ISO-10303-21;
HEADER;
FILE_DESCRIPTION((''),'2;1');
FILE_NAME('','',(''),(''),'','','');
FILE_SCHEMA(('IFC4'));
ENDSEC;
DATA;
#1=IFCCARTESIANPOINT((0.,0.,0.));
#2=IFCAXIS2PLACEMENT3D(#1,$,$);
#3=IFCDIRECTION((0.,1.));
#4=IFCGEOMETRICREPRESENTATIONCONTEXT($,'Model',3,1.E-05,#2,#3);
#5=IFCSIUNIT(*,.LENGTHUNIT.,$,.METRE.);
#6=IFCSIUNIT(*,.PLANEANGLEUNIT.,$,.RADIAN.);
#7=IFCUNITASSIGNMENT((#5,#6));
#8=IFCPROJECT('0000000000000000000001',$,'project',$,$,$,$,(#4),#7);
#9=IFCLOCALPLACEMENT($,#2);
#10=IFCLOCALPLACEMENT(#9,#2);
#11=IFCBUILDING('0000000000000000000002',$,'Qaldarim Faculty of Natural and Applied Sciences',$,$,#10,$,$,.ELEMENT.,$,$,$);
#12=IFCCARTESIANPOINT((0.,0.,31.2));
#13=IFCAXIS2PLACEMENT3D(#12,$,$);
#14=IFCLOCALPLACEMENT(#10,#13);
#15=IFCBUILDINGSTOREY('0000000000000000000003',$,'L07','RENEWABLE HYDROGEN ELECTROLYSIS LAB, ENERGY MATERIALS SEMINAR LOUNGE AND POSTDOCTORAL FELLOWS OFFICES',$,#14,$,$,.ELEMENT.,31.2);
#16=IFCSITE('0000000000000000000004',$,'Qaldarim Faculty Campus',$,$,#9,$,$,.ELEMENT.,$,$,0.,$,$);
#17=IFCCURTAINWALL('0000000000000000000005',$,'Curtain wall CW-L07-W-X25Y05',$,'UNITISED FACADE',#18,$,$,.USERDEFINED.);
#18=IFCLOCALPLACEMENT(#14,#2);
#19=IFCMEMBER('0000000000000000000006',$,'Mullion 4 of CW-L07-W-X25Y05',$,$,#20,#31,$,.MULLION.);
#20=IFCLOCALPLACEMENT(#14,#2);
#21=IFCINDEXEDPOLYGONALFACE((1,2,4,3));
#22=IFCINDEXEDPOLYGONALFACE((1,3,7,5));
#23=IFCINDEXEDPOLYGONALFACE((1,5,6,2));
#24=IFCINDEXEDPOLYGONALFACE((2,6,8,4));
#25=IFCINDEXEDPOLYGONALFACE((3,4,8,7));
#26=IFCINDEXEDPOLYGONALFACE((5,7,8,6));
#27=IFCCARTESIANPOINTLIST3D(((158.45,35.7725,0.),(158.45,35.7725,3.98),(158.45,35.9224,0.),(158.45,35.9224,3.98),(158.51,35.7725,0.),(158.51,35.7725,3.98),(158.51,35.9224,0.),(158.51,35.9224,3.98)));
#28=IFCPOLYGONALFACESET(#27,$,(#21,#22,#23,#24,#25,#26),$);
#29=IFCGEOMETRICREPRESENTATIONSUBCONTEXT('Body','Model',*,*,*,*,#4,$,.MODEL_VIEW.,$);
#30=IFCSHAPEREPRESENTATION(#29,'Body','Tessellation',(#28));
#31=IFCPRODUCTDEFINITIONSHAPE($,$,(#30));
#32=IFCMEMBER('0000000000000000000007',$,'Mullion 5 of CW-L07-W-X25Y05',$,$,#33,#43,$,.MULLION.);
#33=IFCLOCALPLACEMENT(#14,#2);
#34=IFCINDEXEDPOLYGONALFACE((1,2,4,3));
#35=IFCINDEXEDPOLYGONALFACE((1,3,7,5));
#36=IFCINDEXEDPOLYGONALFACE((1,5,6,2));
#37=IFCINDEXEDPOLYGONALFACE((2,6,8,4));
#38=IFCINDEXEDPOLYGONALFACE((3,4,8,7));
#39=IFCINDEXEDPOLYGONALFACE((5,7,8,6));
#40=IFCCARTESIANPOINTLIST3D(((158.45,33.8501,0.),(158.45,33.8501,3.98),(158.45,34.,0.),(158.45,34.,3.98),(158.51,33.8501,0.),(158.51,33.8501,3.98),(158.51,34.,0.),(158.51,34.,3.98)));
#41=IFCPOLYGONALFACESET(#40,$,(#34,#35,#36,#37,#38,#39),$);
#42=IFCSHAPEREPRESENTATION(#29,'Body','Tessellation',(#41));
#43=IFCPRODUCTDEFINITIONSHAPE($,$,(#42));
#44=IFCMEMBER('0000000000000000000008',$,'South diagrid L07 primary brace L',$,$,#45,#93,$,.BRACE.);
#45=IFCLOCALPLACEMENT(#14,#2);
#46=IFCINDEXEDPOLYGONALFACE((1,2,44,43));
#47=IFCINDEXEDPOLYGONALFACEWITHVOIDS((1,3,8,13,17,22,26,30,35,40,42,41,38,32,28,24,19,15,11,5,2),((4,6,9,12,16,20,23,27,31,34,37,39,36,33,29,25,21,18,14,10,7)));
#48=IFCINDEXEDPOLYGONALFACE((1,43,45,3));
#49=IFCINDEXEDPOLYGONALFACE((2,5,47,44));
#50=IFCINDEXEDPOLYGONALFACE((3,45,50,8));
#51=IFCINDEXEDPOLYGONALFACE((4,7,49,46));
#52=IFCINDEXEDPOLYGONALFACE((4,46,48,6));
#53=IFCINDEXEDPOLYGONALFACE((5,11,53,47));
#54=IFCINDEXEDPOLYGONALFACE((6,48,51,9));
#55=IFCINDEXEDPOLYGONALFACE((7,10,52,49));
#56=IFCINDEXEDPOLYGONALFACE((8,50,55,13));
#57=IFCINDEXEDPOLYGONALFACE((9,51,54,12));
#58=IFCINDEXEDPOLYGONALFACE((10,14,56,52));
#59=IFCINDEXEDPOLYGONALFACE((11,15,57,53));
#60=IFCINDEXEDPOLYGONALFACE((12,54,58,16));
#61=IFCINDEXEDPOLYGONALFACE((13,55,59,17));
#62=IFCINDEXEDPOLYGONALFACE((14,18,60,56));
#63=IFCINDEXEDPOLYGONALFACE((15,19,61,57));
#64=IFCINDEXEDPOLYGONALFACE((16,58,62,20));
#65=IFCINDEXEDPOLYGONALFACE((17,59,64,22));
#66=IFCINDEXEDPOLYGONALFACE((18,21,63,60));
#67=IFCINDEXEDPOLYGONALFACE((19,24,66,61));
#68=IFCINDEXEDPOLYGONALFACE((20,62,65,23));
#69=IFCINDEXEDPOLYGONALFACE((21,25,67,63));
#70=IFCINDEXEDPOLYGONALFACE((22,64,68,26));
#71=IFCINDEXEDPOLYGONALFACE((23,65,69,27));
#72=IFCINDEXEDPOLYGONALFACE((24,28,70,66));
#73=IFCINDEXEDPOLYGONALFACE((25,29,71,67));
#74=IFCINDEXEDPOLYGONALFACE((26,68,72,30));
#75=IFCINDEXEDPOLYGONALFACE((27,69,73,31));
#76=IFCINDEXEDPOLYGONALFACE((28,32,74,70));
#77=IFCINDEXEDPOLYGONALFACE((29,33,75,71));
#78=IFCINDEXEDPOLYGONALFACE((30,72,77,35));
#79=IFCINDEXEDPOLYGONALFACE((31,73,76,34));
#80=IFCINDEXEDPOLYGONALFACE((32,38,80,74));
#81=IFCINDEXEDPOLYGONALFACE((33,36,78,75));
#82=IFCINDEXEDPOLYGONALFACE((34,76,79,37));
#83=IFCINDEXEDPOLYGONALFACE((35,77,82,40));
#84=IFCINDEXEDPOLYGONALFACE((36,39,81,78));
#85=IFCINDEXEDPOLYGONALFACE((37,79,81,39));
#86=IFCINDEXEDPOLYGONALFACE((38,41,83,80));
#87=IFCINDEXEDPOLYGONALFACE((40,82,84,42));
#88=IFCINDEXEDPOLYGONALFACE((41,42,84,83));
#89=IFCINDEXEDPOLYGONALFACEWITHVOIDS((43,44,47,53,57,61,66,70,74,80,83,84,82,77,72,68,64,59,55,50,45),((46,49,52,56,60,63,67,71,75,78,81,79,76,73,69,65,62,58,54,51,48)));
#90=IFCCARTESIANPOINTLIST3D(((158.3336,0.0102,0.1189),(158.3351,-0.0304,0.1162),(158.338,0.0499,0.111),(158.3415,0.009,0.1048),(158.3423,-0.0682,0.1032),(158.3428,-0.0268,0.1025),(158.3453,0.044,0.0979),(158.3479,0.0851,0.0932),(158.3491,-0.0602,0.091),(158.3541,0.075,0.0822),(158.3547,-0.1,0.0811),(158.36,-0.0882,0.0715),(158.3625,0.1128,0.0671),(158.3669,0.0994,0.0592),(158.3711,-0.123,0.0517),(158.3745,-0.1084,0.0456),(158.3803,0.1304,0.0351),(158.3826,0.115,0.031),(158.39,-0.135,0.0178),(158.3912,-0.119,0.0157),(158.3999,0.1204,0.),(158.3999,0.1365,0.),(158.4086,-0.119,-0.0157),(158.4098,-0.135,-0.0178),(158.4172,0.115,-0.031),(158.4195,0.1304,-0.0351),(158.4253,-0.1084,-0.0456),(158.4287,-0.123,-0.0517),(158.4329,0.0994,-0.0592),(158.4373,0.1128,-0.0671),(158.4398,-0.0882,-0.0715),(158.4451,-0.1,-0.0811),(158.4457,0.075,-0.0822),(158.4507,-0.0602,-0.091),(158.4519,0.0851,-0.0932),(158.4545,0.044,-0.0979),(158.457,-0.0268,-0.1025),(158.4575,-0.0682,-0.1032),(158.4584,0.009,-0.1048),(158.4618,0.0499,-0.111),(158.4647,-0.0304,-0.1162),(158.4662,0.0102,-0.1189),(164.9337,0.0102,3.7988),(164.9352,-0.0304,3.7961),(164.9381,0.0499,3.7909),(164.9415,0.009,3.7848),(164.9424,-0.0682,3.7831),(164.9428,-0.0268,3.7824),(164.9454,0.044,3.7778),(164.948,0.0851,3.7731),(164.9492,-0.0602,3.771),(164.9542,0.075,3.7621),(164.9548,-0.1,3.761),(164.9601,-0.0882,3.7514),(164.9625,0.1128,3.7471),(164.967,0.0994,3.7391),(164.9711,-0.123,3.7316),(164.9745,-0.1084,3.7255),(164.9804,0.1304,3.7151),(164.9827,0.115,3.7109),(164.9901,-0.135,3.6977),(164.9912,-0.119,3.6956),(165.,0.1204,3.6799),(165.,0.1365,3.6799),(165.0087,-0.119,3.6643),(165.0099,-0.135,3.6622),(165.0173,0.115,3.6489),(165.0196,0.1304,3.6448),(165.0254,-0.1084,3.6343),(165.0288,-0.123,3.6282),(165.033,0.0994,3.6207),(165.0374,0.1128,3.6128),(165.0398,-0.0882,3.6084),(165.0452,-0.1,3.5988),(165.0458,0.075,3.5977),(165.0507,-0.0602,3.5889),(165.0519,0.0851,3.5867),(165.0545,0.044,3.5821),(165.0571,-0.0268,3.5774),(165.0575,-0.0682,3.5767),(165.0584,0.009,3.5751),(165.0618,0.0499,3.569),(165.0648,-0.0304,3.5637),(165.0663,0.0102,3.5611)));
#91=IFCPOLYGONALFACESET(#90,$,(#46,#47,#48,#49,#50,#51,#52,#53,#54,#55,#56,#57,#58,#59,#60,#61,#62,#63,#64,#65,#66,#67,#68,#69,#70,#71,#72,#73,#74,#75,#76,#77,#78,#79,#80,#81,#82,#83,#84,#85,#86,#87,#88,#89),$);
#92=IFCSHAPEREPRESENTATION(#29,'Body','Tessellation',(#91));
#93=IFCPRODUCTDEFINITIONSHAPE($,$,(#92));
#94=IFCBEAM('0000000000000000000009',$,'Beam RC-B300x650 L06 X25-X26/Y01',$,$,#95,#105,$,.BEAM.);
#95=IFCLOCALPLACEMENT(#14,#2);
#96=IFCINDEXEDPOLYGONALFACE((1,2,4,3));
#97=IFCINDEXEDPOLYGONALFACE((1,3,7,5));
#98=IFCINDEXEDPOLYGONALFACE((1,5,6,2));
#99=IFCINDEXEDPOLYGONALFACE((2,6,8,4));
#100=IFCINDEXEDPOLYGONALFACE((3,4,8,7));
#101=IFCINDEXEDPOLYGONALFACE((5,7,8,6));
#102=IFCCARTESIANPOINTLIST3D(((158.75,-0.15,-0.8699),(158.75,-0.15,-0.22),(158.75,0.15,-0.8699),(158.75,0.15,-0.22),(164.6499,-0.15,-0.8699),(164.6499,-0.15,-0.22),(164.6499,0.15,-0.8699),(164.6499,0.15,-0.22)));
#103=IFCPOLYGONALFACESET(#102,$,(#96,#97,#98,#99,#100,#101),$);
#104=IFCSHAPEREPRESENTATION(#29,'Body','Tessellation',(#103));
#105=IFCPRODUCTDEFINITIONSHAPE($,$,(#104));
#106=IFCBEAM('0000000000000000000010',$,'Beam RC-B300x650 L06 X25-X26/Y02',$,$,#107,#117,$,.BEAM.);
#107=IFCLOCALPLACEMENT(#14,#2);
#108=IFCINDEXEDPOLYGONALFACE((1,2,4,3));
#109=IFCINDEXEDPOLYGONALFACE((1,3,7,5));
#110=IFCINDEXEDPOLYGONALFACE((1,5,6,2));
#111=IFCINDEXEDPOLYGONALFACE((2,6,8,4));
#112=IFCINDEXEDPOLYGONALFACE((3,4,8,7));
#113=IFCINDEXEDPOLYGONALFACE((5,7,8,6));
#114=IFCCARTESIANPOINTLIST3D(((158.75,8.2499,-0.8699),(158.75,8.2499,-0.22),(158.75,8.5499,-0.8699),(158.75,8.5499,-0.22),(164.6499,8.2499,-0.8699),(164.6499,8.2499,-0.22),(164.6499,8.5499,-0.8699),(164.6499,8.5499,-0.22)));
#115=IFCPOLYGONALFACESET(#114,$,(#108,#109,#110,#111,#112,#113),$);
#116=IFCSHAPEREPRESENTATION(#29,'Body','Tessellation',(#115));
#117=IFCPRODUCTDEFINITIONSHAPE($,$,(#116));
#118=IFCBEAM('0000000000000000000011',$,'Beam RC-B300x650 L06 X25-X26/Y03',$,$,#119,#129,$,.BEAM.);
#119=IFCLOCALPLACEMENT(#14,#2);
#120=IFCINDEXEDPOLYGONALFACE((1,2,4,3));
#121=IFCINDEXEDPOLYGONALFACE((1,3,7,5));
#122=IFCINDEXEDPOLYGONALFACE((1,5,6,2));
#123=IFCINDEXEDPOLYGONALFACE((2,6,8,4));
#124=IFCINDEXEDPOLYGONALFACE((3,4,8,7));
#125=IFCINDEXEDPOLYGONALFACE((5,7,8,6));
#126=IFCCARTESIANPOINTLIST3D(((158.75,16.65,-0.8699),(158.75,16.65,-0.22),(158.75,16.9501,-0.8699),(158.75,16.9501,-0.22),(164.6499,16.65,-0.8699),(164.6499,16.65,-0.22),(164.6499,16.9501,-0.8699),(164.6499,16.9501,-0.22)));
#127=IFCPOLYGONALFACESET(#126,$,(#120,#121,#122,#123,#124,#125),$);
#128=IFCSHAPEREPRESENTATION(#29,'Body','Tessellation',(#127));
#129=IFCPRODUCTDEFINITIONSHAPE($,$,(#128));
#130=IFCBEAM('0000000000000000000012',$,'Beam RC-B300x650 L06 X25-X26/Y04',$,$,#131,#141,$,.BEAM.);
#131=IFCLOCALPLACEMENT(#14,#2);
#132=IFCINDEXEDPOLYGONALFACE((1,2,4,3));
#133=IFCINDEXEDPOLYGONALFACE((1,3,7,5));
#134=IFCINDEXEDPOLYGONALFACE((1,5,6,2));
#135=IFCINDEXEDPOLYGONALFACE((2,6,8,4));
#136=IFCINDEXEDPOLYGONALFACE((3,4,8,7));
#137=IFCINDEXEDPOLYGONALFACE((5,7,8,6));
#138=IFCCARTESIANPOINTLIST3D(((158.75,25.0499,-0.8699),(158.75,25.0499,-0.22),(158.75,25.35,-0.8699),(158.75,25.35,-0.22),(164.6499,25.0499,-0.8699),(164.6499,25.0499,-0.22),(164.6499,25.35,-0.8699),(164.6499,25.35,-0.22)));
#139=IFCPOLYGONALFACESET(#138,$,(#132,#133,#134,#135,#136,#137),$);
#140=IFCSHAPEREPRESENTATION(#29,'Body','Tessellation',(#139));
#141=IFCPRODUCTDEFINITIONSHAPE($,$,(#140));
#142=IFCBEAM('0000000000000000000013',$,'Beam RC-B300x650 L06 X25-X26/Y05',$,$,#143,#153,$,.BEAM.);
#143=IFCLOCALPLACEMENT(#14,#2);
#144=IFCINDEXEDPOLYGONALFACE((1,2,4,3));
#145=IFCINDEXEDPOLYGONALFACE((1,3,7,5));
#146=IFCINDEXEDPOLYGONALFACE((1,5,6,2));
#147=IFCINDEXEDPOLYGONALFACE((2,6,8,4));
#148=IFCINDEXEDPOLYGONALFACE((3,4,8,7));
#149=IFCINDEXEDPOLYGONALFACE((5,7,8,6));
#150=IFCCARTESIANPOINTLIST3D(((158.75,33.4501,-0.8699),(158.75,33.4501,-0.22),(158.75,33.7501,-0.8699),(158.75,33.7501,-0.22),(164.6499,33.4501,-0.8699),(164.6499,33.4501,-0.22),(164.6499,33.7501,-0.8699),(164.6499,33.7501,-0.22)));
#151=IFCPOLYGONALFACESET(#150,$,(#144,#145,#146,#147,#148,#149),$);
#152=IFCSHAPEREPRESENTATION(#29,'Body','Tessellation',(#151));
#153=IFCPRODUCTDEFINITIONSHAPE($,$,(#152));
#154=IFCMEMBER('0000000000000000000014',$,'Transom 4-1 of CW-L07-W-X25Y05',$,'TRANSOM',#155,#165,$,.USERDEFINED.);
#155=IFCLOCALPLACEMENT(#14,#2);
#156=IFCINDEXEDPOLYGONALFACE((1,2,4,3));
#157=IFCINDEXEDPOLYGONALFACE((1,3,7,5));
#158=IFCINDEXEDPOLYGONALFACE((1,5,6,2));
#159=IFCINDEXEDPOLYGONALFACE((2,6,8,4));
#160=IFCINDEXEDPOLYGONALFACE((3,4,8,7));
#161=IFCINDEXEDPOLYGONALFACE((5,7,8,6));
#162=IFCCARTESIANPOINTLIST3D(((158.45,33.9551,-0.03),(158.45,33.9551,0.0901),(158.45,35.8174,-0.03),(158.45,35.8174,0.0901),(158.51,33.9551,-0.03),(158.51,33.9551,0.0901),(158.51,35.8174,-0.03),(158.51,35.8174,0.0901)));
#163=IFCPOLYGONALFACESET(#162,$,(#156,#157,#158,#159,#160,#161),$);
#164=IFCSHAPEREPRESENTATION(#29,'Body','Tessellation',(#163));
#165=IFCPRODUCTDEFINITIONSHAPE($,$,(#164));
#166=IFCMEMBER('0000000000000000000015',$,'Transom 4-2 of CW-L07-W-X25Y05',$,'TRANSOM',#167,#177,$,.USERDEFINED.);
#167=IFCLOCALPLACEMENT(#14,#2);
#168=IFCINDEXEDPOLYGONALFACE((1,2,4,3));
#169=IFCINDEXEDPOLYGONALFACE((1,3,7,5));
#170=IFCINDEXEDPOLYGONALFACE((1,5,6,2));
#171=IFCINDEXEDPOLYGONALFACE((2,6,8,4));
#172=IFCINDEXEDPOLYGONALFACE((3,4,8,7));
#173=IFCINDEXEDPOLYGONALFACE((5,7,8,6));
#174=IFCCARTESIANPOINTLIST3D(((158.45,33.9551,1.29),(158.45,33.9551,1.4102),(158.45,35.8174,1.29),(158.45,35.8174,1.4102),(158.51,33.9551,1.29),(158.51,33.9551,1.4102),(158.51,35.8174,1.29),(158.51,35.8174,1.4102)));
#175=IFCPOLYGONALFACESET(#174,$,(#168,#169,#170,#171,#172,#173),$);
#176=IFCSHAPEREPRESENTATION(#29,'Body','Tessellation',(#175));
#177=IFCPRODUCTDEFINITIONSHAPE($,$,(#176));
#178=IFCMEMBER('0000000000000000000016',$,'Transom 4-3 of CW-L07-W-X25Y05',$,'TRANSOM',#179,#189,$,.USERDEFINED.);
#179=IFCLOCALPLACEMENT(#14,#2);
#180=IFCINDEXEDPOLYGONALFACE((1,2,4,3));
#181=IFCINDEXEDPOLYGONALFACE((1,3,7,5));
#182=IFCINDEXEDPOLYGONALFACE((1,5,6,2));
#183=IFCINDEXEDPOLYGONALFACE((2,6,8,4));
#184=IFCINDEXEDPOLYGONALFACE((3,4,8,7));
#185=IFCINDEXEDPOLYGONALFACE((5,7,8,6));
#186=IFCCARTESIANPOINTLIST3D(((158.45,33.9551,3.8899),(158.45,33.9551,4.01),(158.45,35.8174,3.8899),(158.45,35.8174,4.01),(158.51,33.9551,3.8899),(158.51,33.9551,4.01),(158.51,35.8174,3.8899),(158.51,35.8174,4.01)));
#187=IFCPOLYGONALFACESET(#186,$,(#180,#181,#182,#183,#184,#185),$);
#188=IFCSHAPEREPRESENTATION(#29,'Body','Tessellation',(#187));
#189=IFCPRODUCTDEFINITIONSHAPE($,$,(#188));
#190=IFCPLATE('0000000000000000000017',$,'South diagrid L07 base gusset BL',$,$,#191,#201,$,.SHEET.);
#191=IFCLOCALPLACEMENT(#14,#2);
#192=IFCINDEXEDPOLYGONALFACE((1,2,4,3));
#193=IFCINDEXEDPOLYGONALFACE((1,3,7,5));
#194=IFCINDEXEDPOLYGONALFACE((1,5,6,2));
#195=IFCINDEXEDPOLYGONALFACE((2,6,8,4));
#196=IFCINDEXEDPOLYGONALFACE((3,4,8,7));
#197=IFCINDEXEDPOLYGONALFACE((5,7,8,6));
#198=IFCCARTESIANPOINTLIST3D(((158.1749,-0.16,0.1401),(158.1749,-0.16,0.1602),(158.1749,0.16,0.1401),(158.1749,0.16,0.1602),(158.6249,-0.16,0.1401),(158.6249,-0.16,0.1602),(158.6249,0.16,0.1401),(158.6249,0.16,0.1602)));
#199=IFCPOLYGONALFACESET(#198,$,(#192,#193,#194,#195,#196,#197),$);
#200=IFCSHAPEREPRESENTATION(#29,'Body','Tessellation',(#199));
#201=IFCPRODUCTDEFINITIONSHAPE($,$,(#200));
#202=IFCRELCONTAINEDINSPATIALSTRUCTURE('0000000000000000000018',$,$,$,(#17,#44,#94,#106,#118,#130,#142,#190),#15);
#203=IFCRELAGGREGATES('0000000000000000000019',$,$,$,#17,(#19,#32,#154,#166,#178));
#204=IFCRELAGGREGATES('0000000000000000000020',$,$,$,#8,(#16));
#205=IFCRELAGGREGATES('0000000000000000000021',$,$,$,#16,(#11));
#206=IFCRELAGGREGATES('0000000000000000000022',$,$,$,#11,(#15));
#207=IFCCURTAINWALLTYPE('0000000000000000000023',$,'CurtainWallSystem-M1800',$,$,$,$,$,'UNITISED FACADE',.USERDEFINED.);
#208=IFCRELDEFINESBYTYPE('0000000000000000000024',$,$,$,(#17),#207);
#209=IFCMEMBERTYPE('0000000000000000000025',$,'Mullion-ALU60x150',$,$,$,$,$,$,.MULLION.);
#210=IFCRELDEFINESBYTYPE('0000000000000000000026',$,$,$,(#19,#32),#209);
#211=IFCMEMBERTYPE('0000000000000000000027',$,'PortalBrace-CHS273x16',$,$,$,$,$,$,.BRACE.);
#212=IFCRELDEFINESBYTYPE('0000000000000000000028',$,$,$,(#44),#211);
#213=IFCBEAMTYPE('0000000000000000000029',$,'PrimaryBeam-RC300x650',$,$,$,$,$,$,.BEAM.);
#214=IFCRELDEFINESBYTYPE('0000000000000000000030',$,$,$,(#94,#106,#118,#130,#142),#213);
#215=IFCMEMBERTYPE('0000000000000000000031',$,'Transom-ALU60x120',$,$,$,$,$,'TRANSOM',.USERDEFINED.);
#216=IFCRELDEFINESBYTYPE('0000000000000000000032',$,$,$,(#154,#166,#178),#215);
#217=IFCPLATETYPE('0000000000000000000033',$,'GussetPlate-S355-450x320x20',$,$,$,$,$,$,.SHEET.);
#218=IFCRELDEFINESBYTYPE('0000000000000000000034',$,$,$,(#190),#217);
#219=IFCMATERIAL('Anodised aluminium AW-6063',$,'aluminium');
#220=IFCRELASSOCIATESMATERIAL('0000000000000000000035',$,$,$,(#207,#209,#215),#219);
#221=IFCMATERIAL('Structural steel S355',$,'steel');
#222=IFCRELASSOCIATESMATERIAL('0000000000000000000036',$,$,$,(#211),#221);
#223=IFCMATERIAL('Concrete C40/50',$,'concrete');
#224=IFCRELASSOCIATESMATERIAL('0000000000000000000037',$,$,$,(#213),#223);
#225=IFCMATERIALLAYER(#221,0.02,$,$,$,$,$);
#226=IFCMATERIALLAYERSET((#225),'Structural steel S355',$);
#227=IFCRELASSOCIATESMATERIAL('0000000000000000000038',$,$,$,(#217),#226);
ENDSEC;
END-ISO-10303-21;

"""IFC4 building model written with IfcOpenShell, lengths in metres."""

from ifc_helpers import new_model, si_unit, direction, frame, origin, origin_2d, place, context, subcontext, project, spatial, rectangle, hollow_circle, extrude, material, layer, layer_set, material_profile, profile_set, type_object, element, aggregate, save


model = new_model("IFC4")

# Units and contexts
model_context = context("Model", 3, precision=1e-05, world=origin(), true_north=direction((0.0, 1.0)))
body_context = subcontext(model_context, "Body", "Model", "MODEL_VIEW")
ifc_project = project(units=[si_unit("LENGTHUNIT", "METRE"), si_unit("PLANEANGLEUNIT", "RADIAN")], contexts=[model_context])

# Site, building, storey
site_placement = place(None, origin())
site = spatial("IfcSite", under=ifc_project, at=site_placement, Name="Qaldarim Faculty Campus", CompositionType="ELEMENT", RefElevation=0.0)
building_placement = place(site_placement, origin())
building = spatial("IfcBuilding", under=site, at=building_placement, Name="Qaldarim Faculty of Natural and Applied Sciences", CompositionType="ELEMENT")
storey_placement = place(building_placement, frame((0.0, 0.0, 31.2)))
storey = spatial("IfcBuildingStorey", under=building, at=storey_placement, Name="L07", Description="RENEWABLE HYDROGEN ELECTROLYSIS LAB, ENERGY MATERIALS SEMINAR LOUNGE AND POSTDOCTORAL FELLOWS OFFICES", CompositionType="ELEMENT", Elevation=31.2)

# Curtain wall, members
ifc_material_1 = material(Name="Anodised aluminium AW-6063", Category="aluminium")
curtain_wall_type = type_object("IfcCurtainWallType", Name="CurtainWallSystem-M1800", ElementType="UNITISED FACADE", PredefinedType="USERDEFINED", material=ifc_material_1)
curtain_wall_placement = place(storey_placement, origin())
curtain_wall = element("IfcCurtainWall", 1, at=curtain_wall_placement, inside=storey, type_object=curtain_wall_type, Name="Curtain wall CW-L07-W-X25Y05", ObjectType="UNITISED FACADE", PredefinedType="USERDEFINED")
ifc_material_profile_1 = material_profile(ifc_material_1, rectangle(XDim=0.0601, YDim=0.1499, at=origin_2d()), Name="ALU-M60x150")
ifc_profile_set_1 = profile_set([ifc_material_profile_1], Name="Anodised aluminium AW-6063")
member_type_1 = type_object("IfcMemberType", Name="Mullion-ALU60x150", PredefinedType="MULLION", material=ifc_profile_set_1)
member_1_placement = place(storey_placement, frame((158.48, 35.8474, 0.0), z_axis=(0.0, 0.0, 1.0), x_axis=(1.0, 0.0, 0.0)))
member_1 = element("IfcMember", 2, at=member_1_placement, type_object=member_type_1, Name="Mullion 4 of CW-L07-W-X25Y05", PredefinedType="MULLION", context=body_context, shape_type="SweptSolid", body=[
    extrude(rectangle(XDim=0.0601, YDim=0.1499, at=origin_2d()), origin(), (0.0, 0.0, 1.0), 3.98),
])
member_2_placement = place(storey_placement, frame((158.48, 33.925, 0.0), z_axis=(0.0, 0.0, 1.0), x_axis=(1.0, 0.0, 0.0)))
member_2 = element("IfcMember", 3, at=member_2_placement, type_object=member_type_1, Name="Mullion 5 of CW-L07-W-X25Y05", PredefinedType="MULLION", context=body_context, shape_type="SweptSolid", body=[
    extrude(rectangle(XDim=0.0601, YDim=0.1499, at=origin_2d()), origin(), (0.0, 0.0, 1.0), 3.98),
])

# Member
ifc_material_2 = material(Name="Structural steel S355", Category="steel")
ifc_material_profile_2 = material_profile(ifc_material_2, hollow_circle(Radius=0.1365, WallThickness=0.0161, at=origin_2d()), Name="CHS 273.0x16.0")
ifc_profile_set_2 = profile_set([ifc_material_profile_2], Name="Structural steel S355")
member_type_2 = type_object("IfcMemberType", Name="PortalBrace-CHS273x16", PredefinedType="BRACE", material=ifc_profile_set_2)
member_3_placement = place(storey_placement, frame((158.3999, 0.0, 0.0), z_axis=(0.873414, 0.0, 0.486978), x_axis=(0.0, 1.0, 0.0)))
element("IfcMember", 4, at=member_3_placement, inside=storey, type_object=member_type_2, Name="South diagrid L07 primary brace L", PredefinedType="BRACE", context=body_context, shape_type="SweptSolid", body=[
    extrude(hollow_circle(Radius=0.1365, WallThickness=0.0161, at=origin_2d()), origin(), (0.0, 0.0, 1.0), 7.5566),
])

# Beams
ifc_material_3 = material(Name="Concrete C40/50", Category="concrete")
ifc_material_profile_3 = material_profile(ifc_material_3, rectangle(XDim=0.3, YDim=0.6499, at=origin_2d()), Name="RC-B300x650")
ifc_profile_set_3 = profile_set([ifc_material_profile_3], Name="Concrete C40/50")
beam_type = type_object("IfcBeamType", Name="PrimaryBeam-RC300x650", PredefinedType="BEAM", material=ifc_profile_set_3)
for number, where, z_axis, x_axis, name in (
    (5, (158.75, 0.0, -0.5449), (1.0, 0.0, 0.0), (0.0, 1.0, 0.0), "Beam RC-B300x650 L06 X25-X26/Y01"),
    (6, (158.75, 8.3999, -0.5449), (1.0, 0.0, 0.0), (0.0, 1.0, 0.0), "Beam RC-B300x650 L06 X25-X26/Y02"),
    (7, (158.75, 16.8, -0.5449), (1.0, 0.0, 0.0), (0.0, 1.0, 0.0), "Beam RC-B300x650 L06 X25-X26/Y03"),
    (8, (158.75, 25.2, -0.5449), (1.0, 0.0, 0.0), (0.0, 1.0, 0.0), "Beam RC-B300x650 L06 X25-X26/Y04"),
    (9, (158.75, 33.6001, -0.5449), (1.0, 0.0, 0.0), (0.0, 1.0, 0.0), "Beam RC-B300x650 L06 X25-X26/Y05"),
):
    element("IfcBeam", number, at=place(storey_placement, frame(where, z_axis=z_axis, x_axis=x_axis)), inside=storey, type_object=beam_type, Name=name, PredefinedType="BEAM", context=body_context, shape_type="SweptSolid", body=[
        extrude(rectangle(XDim=0.3, YDim=0.6499, at=origin_2d()), origin(), (0.0, 0.0, 1.0), 5.8999),
    ])

# Members
ifc_material_profile_4 = material_profile(ifc_material_1, rectangle(XDim=0.0601, YDim=0.1201, at=origin_2d()), Name="ALU-T60x120")
ifc_profile_set_4 = profile_set([ifc_material_profile_4], Name="Anodised aluminium AW-6063")
member_type_3 = type_object("IfcMemberType", Name="Transom-ALU60x120", ElementType="TRANSOM", PredefinedType="USERDEFINED", material=ifc_profile_set_4)
member_4_placement = place(storey_placement, frame((158.48, 35.8174, 0.03), z_axis=(0.0, -1.0, 0.0), x_axis=(1.0, 0.0, 0.0)))
member_4 = element("IfcMember", 10, at=member_4_placement, type_object=member_type_3, Name="Transom 4-1 of CW-L07-W-X25Y05", ObjectType="TRANSOM", PredefinedType="USERDEFINED", context=body_context, shape_type="SweptSolid", body=[
    extrude(rectangle(XDim=0.0601, YDim=0.1201, at=origin_2d()), origin(), (0.0, 0.0, 1.0), 1.8623),
])
member_5_placement = place(storey_placement, frame((158.48, 35.8174, 1.3501), z_axis=(0.0, -1.0, 0.0), x_axis=(1.0, 0.0, 0.0)))
member_5 = element("IfcMember", 11, at=member_5_placement, type_object=member_type_3, Name="Transom 4-2 of CW-L07-W-X25Y05", ObjectType="TRANSOM", PredefinedType="USERDEFINED", context=body_context, shape_type="SweptSolid", body=[
    extrude(rectangle(XDim=0.0601, YDim=0.1201, at=origin_2d()), origin(), (0.0, 0.0, 1.0), 1.8623),
])
member_6_placement = place(storey_placement, frame((158.48, 35.8174, 3.95), z_axis=(0.0, -1.0, 0.0), x_axis=(1.0, 0.0, 0.0)))
member_6 = element("IfcMember", 12, at=member_6_placement, type_object=member_type_3, Name="Transom 4-3 of CW-L07-W-X25Y05", ObjectType="TRANSOM", PredefinedType="USERDEFINED", context=body_context, shape_type="SweptSolid", body=[
    extrude(rectangle(XDim=0.0601, YDim=0.1201, at=origin_2d()), origin(), (0.0, 0.0, 1.0), 1.8623),
])

# Plate
ifc_layer_1 = layer(ifc_material_2, 0.02)
ifc_layer_set_1 = layer_set([ifc_layer_1], Name="Structural steel S355")
plate_type_1 = type_object("IfcPlateType", Name="GussetPlate-S355-450x320x20", PredefinedType="SHEET", material=ifc_layer_set_1)
plate_1_placement = place(storey_placement, frame((158.3999, 0.0, 0.1401), z_axis=(0.0, 0.0, 1.0), x_axis=(1.0, 0.0, 0.0)))
element("IfcPlate", 13, at=plate_1_placement, inside=storey, type_object=plate_type_1, Name="South diagrid L07 base gusset BL", PredefinedType="SHEET", context=body_context, shape_type="SweptSolid", body=[
    extrude(rectangle(XDim=0.45, YDim=0.3201, at=origin_2d()), origin(), (0.0, 0.0, 1.0), 0.02),
])
aggregate(curtain_wall, [member_1, member_2, member_4, member_5, member_6])

save(model, "model.ifc")
